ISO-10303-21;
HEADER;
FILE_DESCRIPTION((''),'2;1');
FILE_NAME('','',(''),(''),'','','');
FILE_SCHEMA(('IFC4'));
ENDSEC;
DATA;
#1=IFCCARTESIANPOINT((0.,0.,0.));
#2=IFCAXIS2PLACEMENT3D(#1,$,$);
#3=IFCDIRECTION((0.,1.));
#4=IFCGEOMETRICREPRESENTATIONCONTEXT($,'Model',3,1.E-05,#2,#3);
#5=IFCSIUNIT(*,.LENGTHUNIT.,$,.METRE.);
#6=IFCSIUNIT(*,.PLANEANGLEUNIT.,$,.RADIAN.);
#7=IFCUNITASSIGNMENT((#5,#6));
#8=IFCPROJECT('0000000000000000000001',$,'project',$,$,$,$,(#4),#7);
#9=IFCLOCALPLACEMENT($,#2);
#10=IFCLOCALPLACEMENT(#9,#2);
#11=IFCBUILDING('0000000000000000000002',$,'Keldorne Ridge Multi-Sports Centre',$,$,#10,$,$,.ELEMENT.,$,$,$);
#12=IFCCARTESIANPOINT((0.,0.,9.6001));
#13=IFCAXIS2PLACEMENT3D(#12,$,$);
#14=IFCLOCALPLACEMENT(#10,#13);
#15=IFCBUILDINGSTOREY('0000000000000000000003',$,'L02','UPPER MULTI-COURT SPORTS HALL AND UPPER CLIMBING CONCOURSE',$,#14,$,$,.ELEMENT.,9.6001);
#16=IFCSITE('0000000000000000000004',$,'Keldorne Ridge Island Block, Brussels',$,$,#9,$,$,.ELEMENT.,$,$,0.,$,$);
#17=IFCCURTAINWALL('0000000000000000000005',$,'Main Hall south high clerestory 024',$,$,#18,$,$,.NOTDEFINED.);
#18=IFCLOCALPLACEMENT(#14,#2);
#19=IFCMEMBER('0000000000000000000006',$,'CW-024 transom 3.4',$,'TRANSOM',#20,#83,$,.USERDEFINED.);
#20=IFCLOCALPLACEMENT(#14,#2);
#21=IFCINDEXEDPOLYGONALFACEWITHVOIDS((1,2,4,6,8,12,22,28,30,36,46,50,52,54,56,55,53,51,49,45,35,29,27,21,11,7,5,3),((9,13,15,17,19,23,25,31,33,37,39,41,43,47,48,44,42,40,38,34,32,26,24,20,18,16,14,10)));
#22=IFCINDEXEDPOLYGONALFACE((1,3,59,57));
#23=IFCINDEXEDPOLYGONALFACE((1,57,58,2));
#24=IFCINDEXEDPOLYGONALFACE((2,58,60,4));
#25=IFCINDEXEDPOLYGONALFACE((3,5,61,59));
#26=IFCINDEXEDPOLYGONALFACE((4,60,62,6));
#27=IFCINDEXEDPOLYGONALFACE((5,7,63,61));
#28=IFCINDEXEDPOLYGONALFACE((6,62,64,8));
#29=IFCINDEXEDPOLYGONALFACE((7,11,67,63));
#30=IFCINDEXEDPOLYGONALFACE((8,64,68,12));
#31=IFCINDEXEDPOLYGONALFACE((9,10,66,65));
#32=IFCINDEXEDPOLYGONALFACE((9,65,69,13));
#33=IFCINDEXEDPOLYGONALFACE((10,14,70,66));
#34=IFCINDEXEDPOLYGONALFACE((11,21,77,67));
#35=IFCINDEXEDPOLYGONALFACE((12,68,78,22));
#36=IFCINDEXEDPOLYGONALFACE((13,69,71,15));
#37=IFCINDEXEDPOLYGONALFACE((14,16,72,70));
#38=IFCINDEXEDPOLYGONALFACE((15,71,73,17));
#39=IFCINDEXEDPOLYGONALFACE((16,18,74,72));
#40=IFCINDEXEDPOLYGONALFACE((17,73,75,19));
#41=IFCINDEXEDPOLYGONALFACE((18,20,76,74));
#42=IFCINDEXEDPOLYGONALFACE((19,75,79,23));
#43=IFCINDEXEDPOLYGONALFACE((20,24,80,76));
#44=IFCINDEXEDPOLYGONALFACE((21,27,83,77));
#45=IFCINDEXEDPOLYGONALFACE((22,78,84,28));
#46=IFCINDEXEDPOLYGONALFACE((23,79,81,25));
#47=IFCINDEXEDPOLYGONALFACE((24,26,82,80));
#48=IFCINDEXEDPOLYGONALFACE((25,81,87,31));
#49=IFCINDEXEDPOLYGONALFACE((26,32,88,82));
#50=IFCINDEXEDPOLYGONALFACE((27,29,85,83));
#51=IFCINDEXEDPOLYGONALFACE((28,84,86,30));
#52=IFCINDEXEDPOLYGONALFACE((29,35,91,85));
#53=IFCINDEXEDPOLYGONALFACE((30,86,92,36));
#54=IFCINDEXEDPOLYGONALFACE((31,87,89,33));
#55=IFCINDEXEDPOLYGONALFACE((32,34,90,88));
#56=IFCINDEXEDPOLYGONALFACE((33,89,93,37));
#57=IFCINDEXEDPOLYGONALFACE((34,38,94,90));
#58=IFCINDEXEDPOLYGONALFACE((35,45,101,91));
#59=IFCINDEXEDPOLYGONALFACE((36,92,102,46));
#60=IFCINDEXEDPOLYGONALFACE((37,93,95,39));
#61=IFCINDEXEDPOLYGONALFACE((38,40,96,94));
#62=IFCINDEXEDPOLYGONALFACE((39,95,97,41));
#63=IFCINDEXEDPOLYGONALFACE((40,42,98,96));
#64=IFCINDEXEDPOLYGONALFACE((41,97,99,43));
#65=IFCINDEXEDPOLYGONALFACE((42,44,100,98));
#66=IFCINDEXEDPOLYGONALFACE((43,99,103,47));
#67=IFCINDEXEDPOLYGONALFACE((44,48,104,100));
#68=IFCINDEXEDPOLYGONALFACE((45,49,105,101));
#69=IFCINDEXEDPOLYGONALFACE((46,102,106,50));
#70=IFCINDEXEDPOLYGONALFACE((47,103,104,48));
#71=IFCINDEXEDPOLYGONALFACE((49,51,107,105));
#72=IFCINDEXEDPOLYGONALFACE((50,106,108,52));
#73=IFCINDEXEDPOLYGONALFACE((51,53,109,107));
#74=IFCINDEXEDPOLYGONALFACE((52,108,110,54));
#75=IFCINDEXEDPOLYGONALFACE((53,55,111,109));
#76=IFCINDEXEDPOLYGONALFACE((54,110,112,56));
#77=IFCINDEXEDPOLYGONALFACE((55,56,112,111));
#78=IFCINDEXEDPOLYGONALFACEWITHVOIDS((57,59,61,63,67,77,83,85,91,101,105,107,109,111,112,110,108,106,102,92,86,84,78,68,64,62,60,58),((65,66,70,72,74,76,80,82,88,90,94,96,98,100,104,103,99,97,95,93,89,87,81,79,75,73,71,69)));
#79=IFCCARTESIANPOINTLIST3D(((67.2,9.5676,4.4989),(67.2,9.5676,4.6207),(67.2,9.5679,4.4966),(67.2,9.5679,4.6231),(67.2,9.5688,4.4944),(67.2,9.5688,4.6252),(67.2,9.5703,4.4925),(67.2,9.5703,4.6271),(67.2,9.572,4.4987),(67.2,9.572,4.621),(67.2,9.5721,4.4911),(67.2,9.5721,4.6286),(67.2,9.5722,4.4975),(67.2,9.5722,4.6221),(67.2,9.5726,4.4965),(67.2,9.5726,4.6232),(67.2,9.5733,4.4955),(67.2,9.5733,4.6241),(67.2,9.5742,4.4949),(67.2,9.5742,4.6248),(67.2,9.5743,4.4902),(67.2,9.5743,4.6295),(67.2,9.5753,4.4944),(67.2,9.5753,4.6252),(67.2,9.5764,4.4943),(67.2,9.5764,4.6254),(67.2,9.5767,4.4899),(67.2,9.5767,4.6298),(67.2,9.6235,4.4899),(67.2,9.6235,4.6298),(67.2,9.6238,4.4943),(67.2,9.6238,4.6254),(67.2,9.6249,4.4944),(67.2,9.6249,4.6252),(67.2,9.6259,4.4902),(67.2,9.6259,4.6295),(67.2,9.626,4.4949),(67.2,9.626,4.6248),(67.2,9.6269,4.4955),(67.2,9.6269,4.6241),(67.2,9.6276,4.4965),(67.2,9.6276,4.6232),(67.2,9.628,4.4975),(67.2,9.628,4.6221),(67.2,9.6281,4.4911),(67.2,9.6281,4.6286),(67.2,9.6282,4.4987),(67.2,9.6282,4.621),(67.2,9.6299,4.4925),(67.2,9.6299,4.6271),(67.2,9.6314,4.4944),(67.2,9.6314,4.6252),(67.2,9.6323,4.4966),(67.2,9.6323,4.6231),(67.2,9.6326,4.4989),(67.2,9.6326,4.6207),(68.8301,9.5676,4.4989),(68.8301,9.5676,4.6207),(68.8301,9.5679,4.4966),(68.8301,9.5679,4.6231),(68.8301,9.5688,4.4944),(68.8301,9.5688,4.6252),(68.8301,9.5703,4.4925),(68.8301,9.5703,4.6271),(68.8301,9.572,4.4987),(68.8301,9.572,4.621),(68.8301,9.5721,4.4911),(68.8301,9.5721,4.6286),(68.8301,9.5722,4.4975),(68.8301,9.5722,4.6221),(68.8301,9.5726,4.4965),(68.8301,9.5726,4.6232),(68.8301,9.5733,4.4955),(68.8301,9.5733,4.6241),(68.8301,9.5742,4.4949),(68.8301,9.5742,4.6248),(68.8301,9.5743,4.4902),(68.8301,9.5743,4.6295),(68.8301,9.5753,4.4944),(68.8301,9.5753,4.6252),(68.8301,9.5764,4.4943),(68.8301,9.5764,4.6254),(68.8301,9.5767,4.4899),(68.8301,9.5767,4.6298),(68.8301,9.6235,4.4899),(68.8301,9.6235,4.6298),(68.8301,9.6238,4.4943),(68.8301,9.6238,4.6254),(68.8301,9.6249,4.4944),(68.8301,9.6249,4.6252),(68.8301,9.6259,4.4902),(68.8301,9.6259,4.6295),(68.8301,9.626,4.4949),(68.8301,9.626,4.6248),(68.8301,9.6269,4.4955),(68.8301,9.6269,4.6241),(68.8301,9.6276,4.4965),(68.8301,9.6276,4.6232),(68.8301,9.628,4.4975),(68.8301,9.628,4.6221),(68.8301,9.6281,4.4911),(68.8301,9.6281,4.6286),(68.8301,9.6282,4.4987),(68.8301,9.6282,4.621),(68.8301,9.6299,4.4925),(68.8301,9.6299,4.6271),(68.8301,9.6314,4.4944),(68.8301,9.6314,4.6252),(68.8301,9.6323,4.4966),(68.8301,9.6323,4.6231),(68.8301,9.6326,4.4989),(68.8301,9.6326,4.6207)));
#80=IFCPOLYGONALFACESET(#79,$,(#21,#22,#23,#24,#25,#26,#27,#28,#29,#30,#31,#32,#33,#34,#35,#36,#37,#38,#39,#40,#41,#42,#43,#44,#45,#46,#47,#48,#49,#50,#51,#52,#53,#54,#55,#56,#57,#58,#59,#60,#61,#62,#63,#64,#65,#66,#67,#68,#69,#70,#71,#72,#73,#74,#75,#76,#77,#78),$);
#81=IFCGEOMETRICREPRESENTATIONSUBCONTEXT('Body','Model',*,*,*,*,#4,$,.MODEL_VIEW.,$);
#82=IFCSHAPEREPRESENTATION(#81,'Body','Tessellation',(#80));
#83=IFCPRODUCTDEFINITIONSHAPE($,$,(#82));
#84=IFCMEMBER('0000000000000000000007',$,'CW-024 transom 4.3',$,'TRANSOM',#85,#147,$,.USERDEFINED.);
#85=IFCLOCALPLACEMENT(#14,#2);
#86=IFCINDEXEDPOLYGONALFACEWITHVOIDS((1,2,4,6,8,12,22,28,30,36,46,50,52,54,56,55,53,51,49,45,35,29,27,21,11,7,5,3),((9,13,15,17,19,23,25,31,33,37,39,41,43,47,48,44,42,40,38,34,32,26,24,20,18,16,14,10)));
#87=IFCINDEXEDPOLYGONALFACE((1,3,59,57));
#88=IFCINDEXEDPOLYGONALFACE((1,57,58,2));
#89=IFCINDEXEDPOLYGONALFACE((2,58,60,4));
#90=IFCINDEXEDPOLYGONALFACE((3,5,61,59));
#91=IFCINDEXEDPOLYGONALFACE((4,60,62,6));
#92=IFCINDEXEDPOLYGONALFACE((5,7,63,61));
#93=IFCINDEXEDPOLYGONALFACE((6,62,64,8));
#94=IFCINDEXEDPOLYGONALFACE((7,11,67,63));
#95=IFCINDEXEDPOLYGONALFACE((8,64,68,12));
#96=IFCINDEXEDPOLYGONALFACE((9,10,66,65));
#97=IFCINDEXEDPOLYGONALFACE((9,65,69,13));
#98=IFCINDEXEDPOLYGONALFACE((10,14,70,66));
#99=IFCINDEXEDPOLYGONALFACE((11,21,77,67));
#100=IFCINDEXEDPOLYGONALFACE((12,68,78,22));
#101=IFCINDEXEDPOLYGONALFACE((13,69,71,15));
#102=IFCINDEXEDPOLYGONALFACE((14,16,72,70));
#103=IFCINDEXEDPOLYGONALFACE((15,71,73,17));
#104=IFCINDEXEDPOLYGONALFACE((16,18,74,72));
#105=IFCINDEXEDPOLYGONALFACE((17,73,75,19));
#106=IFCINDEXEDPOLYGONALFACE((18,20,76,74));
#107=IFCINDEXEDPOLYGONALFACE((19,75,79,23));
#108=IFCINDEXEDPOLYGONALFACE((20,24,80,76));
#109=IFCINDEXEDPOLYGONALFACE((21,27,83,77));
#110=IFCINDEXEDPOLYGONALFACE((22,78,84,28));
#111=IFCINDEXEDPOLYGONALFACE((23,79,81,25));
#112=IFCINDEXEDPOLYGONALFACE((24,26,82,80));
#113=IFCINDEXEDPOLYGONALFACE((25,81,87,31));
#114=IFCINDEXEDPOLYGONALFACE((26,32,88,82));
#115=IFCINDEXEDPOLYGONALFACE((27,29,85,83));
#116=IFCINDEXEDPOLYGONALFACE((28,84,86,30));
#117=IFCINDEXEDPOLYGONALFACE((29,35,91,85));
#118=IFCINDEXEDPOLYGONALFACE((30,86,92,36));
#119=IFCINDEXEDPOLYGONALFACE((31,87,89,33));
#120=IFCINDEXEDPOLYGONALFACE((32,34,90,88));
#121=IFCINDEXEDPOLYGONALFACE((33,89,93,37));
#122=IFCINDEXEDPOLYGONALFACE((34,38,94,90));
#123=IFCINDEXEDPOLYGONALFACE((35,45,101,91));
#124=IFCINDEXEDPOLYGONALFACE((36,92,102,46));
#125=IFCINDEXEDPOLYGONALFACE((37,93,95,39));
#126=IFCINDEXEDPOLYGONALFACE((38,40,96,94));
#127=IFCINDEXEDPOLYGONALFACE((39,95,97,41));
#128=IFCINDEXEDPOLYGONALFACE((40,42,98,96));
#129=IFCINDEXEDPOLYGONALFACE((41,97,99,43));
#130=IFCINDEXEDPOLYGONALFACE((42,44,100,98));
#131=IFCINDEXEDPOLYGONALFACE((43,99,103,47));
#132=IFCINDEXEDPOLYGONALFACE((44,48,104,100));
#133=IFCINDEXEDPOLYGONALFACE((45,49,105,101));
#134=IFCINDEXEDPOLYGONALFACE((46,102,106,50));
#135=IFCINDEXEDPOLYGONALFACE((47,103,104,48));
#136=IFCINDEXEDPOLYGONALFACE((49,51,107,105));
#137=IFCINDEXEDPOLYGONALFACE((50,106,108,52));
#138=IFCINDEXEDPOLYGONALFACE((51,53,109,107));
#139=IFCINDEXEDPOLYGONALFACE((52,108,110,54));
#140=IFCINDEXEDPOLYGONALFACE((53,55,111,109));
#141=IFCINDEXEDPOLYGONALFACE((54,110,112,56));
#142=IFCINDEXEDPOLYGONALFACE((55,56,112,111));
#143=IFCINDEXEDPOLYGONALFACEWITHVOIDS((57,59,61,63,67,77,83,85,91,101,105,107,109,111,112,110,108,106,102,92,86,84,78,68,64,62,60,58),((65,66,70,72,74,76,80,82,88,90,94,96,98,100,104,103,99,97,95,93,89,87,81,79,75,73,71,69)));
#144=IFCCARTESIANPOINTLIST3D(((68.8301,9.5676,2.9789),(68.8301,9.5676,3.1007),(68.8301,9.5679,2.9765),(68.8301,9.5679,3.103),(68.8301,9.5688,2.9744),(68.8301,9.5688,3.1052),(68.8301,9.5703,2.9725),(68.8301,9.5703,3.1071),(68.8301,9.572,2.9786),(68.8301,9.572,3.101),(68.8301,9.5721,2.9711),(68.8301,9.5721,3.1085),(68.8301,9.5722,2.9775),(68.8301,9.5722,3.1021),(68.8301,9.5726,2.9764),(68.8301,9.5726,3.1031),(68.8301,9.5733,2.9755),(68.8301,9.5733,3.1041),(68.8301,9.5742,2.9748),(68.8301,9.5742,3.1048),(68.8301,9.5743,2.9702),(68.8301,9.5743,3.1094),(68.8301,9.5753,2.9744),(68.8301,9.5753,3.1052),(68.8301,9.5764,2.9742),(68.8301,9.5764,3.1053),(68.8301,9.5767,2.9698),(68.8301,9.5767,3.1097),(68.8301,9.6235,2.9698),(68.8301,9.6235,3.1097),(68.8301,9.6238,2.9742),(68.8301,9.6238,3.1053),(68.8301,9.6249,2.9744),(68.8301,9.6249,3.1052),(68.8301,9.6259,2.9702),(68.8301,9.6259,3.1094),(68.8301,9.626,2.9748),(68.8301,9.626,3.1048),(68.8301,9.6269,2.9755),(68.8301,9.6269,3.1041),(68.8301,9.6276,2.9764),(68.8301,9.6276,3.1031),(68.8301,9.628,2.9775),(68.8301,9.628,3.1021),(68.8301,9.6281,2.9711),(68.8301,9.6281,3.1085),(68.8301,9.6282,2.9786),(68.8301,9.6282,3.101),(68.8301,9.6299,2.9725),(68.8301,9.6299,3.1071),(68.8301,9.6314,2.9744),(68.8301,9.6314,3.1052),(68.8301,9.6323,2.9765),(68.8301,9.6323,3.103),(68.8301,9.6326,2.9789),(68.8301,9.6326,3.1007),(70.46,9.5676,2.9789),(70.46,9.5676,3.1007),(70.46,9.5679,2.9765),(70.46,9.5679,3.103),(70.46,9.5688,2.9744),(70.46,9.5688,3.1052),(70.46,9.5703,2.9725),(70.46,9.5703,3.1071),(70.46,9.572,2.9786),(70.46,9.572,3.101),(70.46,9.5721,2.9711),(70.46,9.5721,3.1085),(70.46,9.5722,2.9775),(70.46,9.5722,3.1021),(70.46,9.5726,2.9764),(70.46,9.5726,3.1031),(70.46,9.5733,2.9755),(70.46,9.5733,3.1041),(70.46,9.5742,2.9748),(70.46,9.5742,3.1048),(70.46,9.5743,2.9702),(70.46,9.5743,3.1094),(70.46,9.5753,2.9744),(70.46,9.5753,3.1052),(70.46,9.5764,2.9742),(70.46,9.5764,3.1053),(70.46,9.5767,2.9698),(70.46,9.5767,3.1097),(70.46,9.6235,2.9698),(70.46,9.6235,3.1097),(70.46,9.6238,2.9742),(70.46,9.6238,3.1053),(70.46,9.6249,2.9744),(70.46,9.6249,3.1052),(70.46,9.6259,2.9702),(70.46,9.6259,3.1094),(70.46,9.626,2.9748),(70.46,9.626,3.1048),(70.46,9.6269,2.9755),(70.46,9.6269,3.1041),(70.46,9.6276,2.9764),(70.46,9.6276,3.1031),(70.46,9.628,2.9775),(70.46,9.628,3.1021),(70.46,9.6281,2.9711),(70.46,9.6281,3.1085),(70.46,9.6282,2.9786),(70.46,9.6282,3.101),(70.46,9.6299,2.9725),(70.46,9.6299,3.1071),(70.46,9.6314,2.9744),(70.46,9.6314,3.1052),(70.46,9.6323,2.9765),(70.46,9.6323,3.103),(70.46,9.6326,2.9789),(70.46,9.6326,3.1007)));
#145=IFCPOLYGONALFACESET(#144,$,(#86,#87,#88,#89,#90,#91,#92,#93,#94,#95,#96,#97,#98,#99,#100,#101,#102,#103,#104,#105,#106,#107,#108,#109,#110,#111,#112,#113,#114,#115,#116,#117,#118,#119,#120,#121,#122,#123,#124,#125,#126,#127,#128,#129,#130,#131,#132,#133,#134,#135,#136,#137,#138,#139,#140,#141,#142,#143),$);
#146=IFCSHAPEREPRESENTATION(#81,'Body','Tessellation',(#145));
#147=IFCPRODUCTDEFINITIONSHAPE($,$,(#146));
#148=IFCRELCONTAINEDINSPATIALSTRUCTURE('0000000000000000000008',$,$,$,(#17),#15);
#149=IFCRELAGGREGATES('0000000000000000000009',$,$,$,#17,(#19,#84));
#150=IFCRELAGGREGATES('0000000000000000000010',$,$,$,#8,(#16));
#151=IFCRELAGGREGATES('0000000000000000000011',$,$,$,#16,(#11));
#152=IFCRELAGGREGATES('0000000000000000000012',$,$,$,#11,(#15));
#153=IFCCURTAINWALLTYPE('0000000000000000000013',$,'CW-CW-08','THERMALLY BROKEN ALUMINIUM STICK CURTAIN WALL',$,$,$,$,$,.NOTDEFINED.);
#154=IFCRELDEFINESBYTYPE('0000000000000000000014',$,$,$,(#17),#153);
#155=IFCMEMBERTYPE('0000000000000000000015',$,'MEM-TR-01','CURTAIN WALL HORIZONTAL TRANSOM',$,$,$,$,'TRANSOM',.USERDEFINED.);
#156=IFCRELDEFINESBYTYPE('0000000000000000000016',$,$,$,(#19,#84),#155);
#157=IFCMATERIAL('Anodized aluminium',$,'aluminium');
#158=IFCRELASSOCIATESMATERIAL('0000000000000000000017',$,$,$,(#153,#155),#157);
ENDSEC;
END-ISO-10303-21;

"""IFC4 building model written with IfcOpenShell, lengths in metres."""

from ifc_helpers import new_model, si_unit, direction, frame, origin, origin_2d, place, context, subcontext, project, spatial, hollow_rectangle, extrude, material, material_profile, profile_set, type_object, element, aggregate, save


model = new_model("IFC4")

# Units and contexts
model_context = context("Model", 3, precision=1e-05, world=origin(), true_north=direction((0.0, 1.0)))
body_context = subcontext(model_context, "Body", "Model", "MODEL_VIEW")
ifc_project = project(units=[si_unit("LENGTHUNIT", "METRE"), si_unit("PLANEANGLEUNIT", "RADIAN")], contexts=[model_context])

# Site, building, storey
site_placement = place(None, origin())
site = spatial("IfcSite", under=ifc_project, at=site_placement, Name="Keldorne Ridge Island Block, Brussels", CompositionType="ELEMENT", RefElevation=0.0)
building_placement = place(site_placement, origin())
building = spatial("IfcBuilding", under=site, at=building_placement, Name="Keldorne Ridge Multi-Sports Centre", CompositionType="ELEMENT")
storey_placement = place(building_placement, frame((0.0, 0.0, 9.6001)))
storey = spatial("IfcBuildingStorey", under=building, at=storey_placement, Name="L02", Description="UPPER MULTI-COURT SPORTS HALL AND UPPER CLIMBING CONCOURSE", CompositionType="ELEMENT", Elevation=9.6001)

# Curtain wall, members
ifc_material_1 = material(Name="Anodized aluminium", Category="aluminium")
curtain_wall_type_1 = type_object("IfcCurtainWallType", Name="CW-CW-08", Description="THERMALLY BROKEN ALUMINIUM STICK CURTAIN WALL", PredefinedType="NOTDEFINED", material=ifc_material_1)
curtain_wall_1_placement = place(storey_placement, origin())
curtain_wall_1 = element("IfcCurtainWall", 1, at=curtain_wall_1_placement, inside=storey, type_object=curtain_wall_type_1, Name="Main Hall south high clerestory 024", PredefinedType="NOTDEFINED")
ifc_material_profile_1 = material_profile(ifc_material_1, hollow_rectangle(XDim=0.0649, YDim=0.1399, WallThickness=0.0044, InnerFilletRadius=0.0044, OuterFilletRadius=0.009, at=origin_2d()), Name="ALU TRANSOM 140x65x4.5")
ifc_profile_set_1 = profile_set([ifc_material_profile_1], Name="Anodized aluminium")
member_type_1 = type_object("IfcMemberType", Name="MEM-TR-01", Description="CURTAIN WALL HORIZONTAL TRANSOM", ElementType="TRANSOM", PredefinedType="USERDEFINED", material=ifc_profile_set_1)
member_1_placement = place(storey_placement, frame((67.2, 9.6001, 4.5598), z_axis=(1.0, 0.0, 0.0), x_axis=(0.0, 1.0, 0.0)))
member_1 = element("IfcMember", 2, at=member_1_placement, type_object=member_type_1, Name="CW-024 transom 3.4", ObjectType="TRANSOM", PredefinedType="USERDEFINED", context=body_context, shape_type="SweptSolid", body=[
    extrude(hollow_rectangle(XDim=0.0649, YDim=0.1399, WallThickness=0.0044, InnerFilletRadius=0.0044, OuterFilletRadius=0.009, at=origin_2d()), origin(), (0.0, 0.0, 1.0), 1.6301),
])
member_2_placement = place(storey_placement, frame((68.8301, 9.6001, 3.0398), z_axis=(1.0, 0.0, 0.0), x_axis=(0.0, 1.0, 0.0)))
member_2 = element("IfcMember", 3, at=member_2_placement, type_object=member_type_1, Name="CW-024 transom 4.3", ObjectType="TRANSOM", PredefinedType="USERDEFINED", context=body_context, shape_type="SweptSolid", body=[
    extrude(hollow_rectangle(XDim=0.0649, YDim=0.1399, WallThickness=0.0044, InnerFilletRadius=0.0044, OuterFilletRadius=0.009, at=origin_2d()), origin(), (0.0, 0.0, 1.0), 1.6299),
])

aggregate(curtain_wall_1, [member_1, member_2])

save(model, "model.ifc")
